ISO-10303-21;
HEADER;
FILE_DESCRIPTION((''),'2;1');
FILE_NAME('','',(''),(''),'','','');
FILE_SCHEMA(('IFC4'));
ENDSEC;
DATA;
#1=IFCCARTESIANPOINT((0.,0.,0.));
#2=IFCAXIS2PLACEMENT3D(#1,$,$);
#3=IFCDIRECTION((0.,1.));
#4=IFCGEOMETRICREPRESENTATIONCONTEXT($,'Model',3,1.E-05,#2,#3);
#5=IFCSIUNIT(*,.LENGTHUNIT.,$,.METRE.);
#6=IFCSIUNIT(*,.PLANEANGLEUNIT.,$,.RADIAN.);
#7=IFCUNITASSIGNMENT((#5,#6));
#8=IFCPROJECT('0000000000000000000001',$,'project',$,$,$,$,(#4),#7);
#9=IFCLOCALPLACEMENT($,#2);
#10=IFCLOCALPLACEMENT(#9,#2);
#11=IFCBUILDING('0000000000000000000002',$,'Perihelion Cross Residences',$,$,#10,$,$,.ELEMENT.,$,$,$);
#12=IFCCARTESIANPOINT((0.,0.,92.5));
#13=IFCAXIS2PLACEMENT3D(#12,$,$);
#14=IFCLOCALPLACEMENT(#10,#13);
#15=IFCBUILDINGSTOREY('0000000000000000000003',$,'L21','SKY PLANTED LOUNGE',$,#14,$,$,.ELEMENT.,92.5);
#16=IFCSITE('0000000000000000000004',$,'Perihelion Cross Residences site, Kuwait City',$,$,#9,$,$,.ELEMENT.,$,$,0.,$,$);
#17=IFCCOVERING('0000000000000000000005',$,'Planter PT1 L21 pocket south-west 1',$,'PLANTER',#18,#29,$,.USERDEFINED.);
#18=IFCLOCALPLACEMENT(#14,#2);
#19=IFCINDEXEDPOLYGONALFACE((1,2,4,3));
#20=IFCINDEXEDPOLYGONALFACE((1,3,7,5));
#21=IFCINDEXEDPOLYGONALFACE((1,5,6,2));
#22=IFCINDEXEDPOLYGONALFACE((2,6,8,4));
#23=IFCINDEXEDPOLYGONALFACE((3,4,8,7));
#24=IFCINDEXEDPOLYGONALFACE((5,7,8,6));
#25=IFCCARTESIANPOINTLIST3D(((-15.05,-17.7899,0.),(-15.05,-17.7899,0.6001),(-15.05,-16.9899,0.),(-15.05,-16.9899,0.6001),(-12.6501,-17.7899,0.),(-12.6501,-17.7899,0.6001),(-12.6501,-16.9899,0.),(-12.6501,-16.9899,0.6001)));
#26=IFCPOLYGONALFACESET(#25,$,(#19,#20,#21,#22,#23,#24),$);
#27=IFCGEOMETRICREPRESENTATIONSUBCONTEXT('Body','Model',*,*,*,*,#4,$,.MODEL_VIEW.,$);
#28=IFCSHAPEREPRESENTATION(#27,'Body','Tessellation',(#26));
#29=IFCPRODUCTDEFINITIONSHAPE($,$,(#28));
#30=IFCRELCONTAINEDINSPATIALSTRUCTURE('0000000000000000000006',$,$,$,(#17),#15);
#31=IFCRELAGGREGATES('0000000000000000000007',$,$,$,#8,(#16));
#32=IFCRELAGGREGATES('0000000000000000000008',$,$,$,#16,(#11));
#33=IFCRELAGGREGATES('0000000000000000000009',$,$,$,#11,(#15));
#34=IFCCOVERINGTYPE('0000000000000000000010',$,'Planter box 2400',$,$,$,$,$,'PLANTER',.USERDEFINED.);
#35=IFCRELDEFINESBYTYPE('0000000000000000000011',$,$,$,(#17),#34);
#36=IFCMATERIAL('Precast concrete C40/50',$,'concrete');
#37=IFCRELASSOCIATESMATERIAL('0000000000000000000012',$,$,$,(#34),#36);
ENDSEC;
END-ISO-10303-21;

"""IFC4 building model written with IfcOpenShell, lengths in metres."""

from ifc_helpers import new_model, si_unit, direction, frame, origin, origin_2d, place, context, subcontext, project, spatial, rectangle, extrude, material, type_object, element, save


model = new_model("IFC4")

# Units and contexts
model_context = context("Model", 3, precision=1e-05, world=origin(), true_north=direction((0.0, 1.0)))
body_context = subcontext(model_context, "Body", "Model", "MODEL_VIEW")
ifc_project = project(units=[si_unit("LENGTHUNIT", "METRE"), si_unit("PLANEANGLEUNIT", "RADIAN")], contexts=[model_context])

# Site, building, storey
site_placement = place(None, origin())
site = spatial("IfcSite", under=ifc_project, at=site_placement, Name="Perihelion Cross Residences site, Kuwait City", CompositionType="ELEMENT", RefElevation=0.0)
building_placement = place(site_placement, origin())
building = spatial("IfcBuilding", under=site, at=building_placement, Name="Perihelion Cross Residences", CompositionType="ELEMENT")
storey_placement = place(building_placement, frame((0.0, 0.0, 92.5)))
storey = spatial("IfcBuildingStorey", under=building, at=storey_placement, Name="L21", Description="SKY PLANTED LOUNGE", CompositionType="ELEMENT", Elevation=92.5)

# Covering
ifc_material_1 = material(Name="Precast concrete C40/50", Category="concrete")
covering_type = type_object("IfcCoveringType", Name="Planter box 2400", ElementType="PLANTER", PredefinedType="USERDEFINED", material=ifc_material_1)
covering_placement = place(storey_placement, frame((-13.8501, -17.3899, 0.0), z_axis=(0.0, 0.0, 1.0), x_axis=(-1.0, 0.0, 0.0)))
element("IfcCovering", 1, at=covering_placement, inside=storey, type_object=covering_type, Name="Planter PT1 L21 pocket south-west 1", ObjectType="PLANTER", PredefinedType="USERDEFINED", context=body_context, shape_type="SweptSolid", body=[
    extrude(rectangle(XDim=2.3999, YDim=0.8, at=origin_2d()), origin(), (0.0, 0.0, 1.0), 0.6001),
])

save(model, "model.ifc")
